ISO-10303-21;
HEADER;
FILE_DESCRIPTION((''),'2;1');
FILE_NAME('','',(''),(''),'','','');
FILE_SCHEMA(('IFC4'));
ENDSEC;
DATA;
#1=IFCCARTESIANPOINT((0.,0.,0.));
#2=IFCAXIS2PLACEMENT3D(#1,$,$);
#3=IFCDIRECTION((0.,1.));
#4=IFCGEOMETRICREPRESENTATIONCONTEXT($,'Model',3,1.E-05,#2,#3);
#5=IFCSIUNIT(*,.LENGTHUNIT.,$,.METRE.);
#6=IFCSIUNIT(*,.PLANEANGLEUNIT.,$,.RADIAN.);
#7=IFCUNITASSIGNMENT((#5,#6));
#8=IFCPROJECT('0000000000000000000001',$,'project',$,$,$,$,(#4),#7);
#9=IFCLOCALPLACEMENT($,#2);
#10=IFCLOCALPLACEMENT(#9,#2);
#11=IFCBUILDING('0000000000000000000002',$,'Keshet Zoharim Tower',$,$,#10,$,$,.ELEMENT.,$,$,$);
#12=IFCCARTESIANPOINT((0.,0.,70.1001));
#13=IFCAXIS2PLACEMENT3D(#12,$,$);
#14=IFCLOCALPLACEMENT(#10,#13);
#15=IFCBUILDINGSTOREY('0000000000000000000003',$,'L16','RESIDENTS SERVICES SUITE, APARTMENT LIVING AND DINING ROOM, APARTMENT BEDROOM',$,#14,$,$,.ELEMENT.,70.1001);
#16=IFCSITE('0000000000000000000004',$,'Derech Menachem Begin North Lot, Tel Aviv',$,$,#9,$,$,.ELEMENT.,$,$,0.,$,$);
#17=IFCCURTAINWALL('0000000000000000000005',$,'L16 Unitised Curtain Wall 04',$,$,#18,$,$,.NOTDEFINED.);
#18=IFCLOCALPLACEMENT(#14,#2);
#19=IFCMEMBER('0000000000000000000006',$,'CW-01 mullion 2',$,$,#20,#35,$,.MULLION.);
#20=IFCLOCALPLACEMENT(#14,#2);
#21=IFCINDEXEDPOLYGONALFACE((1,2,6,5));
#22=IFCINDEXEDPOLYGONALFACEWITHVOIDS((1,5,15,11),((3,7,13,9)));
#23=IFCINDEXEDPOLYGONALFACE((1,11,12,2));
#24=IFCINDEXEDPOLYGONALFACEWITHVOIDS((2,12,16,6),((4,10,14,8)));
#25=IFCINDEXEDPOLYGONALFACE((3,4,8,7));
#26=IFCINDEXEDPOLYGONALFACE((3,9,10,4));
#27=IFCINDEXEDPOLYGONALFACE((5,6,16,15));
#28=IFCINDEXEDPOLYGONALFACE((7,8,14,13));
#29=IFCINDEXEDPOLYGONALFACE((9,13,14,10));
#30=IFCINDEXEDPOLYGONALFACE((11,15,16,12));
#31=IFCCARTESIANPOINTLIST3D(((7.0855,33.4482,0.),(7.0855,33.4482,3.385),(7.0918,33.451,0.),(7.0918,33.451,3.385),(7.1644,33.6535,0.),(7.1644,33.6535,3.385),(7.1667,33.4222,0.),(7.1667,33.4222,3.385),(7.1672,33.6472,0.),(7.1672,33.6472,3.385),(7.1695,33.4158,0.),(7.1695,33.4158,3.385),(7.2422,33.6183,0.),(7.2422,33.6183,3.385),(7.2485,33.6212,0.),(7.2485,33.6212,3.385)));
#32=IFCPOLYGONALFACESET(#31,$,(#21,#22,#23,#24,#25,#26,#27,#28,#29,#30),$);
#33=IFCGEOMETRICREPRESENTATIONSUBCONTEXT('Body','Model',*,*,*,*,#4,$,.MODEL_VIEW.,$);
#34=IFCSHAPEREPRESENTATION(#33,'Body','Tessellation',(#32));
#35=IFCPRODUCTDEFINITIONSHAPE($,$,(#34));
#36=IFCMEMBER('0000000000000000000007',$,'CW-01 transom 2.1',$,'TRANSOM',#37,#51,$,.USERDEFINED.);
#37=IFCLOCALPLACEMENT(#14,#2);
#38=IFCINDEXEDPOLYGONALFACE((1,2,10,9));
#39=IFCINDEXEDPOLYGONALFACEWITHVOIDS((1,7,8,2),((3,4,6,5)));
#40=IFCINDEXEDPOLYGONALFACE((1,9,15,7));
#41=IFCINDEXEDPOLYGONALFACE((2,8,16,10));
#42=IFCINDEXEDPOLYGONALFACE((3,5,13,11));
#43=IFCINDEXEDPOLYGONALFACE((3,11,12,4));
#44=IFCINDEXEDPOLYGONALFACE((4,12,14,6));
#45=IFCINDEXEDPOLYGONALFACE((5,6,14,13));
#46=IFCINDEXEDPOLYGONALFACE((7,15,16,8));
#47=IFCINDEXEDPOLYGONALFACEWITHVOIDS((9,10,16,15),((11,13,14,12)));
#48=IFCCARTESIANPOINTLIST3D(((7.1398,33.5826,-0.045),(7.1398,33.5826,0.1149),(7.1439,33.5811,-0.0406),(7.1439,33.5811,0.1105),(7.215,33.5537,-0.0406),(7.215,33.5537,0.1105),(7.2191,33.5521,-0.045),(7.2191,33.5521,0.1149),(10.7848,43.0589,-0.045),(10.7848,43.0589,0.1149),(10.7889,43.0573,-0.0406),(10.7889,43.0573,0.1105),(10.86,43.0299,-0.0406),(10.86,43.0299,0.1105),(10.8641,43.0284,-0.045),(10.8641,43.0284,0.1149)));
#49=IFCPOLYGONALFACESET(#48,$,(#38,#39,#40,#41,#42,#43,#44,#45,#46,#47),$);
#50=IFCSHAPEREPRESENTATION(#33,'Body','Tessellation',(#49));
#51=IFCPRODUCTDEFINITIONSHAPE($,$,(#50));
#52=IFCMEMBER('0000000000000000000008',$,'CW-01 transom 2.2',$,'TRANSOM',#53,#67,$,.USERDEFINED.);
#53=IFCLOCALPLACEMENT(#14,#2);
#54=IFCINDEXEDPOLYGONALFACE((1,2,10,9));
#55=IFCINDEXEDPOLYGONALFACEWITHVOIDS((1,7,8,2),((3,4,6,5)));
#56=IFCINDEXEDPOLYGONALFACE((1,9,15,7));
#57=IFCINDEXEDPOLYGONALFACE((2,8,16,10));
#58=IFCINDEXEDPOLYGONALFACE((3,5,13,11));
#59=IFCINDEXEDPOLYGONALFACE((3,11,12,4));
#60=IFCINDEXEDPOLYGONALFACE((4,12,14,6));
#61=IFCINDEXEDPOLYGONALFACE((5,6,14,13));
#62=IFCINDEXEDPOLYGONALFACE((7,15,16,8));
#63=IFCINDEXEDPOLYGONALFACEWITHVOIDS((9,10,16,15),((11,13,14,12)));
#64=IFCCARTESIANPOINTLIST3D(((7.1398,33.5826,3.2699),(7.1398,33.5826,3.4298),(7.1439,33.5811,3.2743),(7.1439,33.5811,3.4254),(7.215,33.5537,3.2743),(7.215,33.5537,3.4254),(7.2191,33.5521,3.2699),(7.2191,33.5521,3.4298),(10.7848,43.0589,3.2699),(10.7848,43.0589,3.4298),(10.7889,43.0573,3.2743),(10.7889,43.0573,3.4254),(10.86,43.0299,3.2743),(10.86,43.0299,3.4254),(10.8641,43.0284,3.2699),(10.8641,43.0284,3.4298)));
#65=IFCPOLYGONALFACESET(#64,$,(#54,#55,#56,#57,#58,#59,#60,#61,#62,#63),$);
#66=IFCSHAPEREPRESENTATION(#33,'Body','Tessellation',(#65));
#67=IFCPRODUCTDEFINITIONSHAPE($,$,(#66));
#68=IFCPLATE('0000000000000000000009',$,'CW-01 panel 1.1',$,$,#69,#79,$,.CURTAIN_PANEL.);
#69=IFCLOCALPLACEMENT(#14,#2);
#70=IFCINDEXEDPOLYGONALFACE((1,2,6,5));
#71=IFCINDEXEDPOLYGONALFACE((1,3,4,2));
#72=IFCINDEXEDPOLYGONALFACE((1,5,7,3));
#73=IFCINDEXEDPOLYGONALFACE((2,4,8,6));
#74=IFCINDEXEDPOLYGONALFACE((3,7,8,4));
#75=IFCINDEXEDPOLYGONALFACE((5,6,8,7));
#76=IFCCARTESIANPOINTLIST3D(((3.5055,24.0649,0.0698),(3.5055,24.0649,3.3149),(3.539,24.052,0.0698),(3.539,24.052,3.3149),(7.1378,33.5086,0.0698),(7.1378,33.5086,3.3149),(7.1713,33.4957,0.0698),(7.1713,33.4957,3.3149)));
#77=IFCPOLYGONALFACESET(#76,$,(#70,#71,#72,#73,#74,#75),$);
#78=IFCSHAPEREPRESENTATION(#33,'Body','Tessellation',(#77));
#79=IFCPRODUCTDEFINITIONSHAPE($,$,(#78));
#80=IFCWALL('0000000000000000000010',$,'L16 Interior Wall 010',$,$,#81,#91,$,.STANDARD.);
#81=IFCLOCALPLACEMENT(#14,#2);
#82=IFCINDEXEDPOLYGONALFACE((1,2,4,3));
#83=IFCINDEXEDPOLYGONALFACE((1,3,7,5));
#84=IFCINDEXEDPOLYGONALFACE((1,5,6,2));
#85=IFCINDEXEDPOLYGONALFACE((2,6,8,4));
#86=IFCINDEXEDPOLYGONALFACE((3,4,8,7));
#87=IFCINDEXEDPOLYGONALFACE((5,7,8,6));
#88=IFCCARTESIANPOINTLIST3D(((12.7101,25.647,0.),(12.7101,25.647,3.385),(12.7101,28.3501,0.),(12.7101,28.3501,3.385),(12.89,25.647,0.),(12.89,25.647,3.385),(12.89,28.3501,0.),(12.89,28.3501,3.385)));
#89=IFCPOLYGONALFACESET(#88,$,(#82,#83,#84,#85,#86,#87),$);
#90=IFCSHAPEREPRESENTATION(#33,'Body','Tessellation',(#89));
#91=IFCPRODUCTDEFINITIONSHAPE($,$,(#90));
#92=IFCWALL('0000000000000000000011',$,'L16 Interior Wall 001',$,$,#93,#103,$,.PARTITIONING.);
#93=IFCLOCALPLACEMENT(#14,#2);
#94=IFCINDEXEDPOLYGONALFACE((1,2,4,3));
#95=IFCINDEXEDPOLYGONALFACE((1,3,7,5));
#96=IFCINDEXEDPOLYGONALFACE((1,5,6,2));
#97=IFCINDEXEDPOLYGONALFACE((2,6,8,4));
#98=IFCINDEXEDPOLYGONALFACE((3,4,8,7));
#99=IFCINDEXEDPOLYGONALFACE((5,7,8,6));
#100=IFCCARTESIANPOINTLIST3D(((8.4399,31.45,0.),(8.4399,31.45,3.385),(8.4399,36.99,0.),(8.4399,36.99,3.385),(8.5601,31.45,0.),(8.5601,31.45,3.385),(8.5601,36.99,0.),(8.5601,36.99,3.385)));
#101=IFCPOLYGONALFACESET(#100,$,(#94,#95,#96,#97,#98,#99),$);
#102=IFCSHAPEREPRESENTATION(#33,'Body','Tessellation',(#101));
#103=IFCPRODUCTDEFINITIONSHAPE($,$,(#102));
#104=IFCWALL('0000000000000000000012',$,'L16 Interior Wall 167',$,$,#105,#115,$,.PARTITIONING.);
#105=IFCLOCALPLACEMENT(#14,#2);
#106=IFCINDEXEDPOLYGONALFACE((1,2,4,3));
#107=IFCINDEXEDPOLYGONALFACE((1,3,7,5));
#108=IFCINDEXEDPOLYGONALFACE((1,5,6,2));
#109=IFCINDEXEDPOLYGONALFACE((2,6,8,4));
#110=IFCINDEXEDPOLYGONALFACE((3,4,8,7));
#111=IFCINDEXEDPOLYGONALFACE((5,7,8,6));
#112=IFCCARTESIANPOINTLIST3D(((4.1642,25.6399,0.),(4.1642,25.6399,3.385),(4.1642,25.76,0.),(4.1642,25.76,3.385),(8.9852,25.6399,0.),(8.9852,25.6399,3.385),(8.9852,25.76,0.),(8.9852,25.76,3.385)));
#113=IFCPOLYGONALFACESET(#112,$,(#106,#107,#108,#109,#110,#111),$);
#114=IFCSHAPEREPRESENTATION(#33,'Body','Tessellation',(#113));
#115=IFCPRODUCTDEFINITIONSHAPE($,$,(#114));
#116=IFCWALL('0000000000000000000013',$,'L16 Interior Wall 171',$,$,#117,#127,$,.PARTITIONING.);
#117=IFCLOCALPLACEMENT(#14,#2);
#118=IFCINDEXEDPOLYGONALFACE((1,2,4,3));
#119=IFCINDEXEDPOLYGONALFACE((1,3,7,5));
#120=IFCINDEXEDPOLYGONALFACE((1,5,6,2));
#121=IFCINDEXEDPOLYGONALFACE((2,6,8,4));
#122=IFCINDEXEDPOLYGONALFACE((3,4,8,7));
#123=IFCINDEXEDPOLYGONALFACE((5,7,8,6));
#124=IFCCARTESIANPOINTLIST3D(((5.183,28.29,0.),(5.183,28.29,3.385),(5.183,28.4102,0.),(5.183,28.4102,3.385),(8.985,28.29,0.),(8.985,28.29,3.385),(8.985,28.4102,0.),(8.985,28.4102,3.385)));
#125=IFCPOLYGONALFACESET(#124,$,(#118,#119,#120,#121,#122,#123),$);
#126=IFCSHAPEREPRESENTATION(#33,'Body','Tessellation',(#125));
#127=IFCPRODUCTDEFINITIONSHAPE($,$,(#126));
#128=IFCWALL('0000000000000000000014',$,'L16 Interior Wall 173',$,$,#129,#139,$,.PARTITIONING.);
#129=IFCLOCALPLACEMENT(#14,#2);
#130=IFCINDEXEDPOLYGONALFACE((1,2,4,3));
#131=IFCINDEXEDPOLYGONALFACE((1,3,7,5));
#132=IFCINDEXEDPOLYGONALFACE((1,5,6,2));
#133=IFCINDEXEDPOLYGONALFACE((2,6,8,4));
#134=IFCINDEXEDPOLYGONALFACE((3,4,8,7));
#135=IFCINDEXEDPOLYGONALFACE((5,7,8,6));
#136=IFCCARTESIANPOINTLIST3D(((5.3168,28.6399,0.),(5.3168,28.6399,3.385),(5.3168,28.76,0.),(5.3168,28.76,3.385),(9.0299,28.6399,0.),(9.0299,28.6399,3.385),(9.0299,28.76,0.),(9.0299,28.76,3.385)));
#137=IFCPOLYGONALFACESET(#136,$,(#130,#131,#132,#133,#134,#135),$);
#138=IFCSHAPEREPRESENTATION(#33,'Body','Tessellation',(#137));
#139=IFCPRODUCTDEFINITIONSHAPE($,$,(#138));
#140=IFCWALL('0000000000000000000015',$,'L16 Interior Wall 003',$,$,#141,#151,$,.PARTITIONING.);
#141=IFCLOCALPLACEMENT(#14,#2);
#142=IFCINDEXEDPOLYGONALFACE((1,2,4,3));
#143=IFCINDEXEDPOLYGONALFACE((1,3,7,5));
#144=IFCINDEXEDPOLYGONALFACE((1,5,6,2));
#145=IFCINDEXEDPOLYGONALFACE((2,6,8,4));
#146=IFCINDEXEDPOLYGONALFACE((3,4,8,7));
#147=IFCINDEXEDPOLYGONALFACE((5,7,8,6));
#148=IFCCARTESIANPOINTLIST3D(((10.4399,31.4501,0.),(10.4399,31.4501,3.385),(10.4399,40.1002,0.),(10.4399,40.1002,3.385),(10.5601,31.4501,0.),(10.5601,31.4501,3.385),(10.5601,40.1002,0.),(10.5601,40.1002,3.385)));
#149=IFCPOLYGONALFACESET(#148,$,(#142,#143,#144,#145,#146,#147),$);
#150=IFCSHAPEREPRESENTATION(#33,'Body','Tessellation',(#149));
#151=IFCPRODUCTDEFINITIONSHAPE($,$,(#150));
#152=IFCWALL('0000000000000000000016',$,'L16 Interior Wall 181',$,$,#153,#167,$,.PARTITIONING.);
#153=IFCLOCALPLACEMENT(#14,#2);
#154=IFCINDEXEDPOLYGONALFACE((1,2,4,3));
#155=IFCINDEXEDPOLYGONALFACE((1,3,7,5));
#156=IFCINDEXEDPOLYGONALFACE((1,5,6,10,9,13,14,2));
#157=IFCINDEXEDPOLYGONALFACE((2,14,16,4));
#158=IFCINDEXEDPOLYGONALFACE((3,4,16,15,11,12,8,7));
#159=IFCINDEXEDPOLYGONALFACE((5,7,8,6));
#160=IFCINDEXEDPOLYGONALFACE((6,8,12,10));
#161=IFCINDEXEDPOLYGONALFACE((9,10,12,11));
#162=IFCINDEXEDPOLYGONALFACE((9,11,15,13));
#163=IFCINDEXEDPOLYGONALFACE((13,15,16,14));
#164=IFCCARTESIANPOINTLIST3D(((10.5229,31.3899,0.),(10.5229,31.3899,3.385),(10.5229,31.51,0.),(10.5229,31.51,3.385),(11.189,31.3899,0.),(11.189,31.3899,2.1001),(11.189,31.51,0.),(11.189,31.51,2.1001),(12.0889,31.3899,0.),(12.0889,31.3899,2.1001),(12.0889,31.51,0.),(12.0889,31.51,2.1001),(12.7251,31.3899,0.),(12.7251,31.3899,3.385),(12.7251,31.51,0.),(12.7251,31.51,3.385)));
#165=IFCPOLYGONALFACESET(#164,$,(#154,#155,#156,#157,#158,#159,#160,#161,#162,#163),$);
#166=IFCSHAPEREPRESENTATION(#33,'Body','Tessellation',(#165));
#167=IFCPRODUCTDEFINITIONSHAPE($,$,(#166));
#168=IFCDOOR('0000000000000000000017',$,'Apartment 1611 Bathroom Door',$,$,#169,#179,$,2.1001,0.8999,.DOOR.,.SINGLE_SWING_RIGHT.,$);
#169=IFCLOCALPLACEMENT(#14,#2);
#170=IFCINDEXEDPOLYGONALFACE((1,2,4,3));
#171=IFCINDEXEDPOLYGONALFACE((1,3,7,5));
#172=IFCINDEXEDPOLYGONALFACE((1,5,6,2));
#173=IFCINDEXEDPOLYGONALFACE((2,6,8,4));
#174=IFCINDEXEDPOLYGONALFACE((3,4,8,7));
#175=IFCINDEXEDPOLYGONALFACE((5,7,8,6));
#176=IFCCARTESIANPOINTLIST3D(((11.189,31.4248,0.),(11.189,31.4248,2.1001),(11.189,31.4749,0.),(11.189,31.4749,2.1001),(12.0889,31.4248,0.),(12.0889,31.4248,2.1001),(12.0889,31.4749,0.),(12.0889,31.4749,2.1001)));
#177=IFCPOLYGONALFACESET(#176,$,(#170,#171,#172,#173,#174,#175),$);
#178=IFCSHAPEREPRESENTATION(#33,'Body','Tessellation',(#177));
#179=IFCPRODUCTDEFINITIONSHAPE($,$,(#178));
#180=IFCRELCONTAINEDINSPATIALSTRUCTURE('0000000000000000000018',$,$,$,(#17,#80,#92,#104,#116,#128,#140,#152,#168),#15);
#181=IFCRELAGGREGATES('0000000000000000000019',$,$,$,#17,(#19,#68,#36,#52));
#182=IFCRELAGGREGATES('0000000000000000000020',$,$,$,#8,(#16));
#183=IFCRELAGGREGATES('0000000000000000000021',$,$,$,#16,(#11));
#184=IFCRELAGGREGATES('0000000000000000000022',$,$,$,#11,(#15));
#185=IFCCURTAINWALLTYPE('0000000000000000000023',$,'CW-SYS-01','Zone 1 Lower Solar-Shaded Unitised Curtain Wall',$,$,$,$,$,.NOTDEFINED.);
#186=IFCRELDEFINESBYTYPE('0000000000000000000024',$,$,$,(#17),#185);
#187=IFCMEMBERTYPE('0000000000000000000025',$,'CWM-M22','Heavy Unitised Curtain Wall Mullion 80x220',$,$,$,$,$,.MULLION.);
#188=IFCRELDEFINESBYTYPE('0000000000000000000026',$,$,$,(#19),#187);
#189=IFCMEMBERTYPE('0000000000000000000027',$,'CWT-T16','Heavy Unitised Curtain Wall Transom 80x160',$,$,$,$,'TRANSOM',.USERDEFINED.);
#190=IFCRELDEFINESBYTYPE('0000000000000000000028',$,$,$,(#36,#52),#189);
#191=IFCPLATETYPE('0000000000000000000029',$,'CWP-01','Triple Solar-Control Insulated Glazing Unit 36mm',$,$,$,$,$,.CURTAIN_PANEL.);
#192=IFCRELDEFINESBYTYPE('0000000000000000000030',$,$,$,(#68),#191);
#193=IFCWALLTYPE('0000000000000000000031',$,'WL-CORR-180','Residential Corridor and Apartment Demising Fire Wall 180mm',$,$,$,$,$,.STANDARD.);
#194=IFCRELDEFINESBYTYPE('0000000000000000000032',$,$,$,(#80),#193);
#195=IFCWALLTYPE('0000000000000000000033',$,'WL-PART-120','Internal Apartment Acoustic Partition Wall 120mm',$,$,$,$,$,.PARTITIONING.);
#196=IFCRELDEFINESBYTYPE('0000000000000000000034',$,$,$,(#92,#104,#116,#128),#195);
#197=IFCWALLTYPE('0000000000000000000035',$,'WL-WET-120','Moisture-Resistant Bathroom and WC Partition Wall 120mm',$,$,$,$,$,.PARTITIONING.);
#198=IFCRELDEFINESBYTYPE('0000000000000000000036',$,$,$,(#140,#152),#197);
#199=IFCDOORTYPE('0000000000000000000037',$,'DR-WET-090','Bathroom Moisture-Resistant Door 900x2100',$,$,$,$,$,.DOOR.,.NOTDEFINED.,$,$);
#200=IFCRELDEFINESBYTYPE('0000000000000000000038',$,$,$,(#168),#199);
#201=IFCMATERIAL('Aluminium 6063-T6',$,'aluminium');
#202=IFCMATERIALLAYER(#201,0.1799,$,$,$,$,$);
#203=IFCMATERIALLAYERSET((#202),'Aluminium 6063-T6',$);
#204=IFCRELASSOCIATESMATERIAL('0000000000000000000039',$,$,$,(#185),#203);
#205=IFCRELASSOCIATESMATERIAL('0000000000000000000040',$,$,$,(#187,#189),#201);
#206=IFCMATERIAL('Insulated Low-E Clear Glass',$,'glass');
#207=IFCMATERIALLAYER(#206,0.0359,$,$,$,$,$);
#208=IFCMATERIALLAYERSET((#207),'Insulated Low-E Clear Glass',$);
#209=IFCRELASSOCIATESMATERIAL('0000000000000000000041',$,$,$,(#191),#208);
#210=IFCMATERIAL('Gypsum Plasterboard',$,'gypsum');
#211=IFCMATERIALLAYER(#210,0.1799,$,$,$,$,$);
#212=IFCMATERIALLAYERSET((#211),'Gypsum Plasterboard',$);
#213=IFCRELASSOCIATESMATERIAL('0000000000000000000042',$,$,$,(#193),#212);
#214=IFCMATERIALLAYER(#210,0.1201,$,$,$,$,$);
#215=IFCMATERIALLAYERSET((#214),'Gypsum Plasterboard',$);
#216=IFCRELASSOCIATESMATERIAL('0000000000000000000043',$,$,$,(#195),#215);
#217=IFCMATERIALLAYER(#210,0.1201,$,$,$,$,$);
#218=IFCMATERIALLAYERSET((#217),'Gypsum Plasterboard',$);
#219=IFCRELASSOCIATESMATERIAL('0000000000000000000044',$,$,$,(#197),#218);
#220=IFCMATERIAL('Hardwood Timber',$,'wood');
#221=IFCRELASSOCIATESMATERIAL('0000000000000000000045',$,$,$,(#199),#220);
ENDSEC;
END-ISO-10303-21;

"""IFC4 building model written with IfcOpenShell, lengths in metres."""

from ifc_helpers import new_model, si_unit, direction, frame, frame_2d, origin, origin_2d, place, context, subcontext, project, spatial, rectangle, hollow_rectangle, extrude, material, layer, layer_set, material_profile, profile_set, type_object, element, fill, aggregate, save


model = new_model("IFC4")

# Units and contexts
model_context = context("Model", 3, precision=1e-05, world=origin(), true_north=direction((0.0, 1.0)))
body_context = subcontext(model_context, "Body", "Model", "MODEL_VIEW")
ifc_project = project(units=[si_unit("LENGTHUNIT", "METRE"), si_unit("PLANEANGLEUNIT", "RADIAN")], contexts=[model_context])

# Site, building, storey
site_placement = place(None, origin())
site = spatial("IfcSite", under=ifc_project, at=site_placement, Name="Derech Menachem Begin North Lot, Tel Aviv", CompositionType="ELEMENT", RefElevation=0.0)
building_placement = place(site_placement, origin())
building = spatial("IfcBuilding", under=site, at=building_placement, Name="Keshet Zoharim Tower", CompositionType="ELEMENT")
storey_placement = place(building_placement, frame((0.0, 0.0, 70.1001)))
storey = spatial("IfcBuildingStorey", under=building, at=storey_placement, Name="L16", Description="RESIDENTS SERVICES SUITE, APARTMENT LIVING AND DINING ROOM, APARTMENT BEDROOM", CompositionType="ELEMENT", Elevation=70.1001)

# Curtain wall, members, plate
ifc_material_1 = material(Name="Aluminium 6063-T6", Category="aluminium")
ifc_layer_1 = layer(ifc_material_1, 0.1799)
ifc_layer_set_1 = layer_set([ifc_layer_1], Name="Aluminium 6063-T6")
curtain_wall_type = type_object("IfcCurtainWallType", Name="CW-SYS-01", Description="Zone 1 Lower Solar-Shaded Unitised Curtain Wall", PredefinedType="NOTDEFINED", material=ifc_layer_set_1)
curtain_wall_placement = place(storey_placement, origin())
curtain_wall = element("IfcCurtainWall", 1, at=curtain_wall_placement, inside=storey, type_object=curtain_wall_type, Name="L16 Unitised Curtain Wall 04", PredefinedType="NOTDEFINED")
ifc_material_profile_1 = material_profile(ifc_material_1, hollow_rectangle(XDim=0.0901, YDim=0.22, WallThickness=0.0049, at=origin_2d()), Name="MUL-90x220")
ifc_profile_set_1 = profile_set([ifc_material_profile_1], Name="Aluminium 6063-T6")
member_type_1 = type_object("IfcMemberType", Name="CWM-M22", Description="Heavy Unitised Curtain Wall Mullion 80x220", PredefinedType="MULLION", material=ifc_profile_set_1)
member_1_placement = place(storey_placement, frame((7.167, 33.5347, 0.0), z_axis=(0.0, 0.0, 1.0), x_axis=(-0.933341, 0.35899, 0.0)))
member_1 = element("IfcMember", 2, at=member_1_placement, type_object=member_type_1, Name="CW-01 mullion 2", PredefinedType="MULLION", context=body_context, shape_type="SweptSolid", body=[
    extrude(hollow_rectangle(XDim=0.0901, YDim=0.22, WallThickness=0.0049, at=origin_2d()), origin(), (0.0, 0.0, 1.0), 3.385),
])
ifc_material_profile_2 = material_profile(ifc_material_1, hollow_rectangle(XDim=0.085, YDim=0.1599, WallThickness=0.0044, at=origin_2d()), Name="TRN-85x160")
ifc_profile_set_2 = profile_set([ifc_material_profile_2], Name="Aluminium 6063-T6")
member_type_2 = type_object("IfcMemberType", Name="CWT-T16", Description="Heavy Unitised Curtain Wall Transom 80x160", ElementType="TRANSOM", PredefinedType="USERDEFINED", material=ifc_profile_set_2)
member_2_placement = place(storey_placement, frame((7.1794, 33.5674, 0.0349), z_axis=(0.359003, 0.933336, 0.0), x_axis=(-0.933336, 0.359003, 0.0)))
member_2 = element("IfcMember", 3, at=member_2_placement, type_object=member_type_2, Name="CW-01 transom 2.1", ObjectType="TRANSOM", PredefinedType="USERDEFINED", context=body_context, shape_type="SweptSolid", body=[
    extrude(hollow_rectangle(XDim=0.085, YDim=0.1599, WallThickness=0.0044, at=origin_2d()), origin(), (0.0, 0.0, 1.0), 10.1531),
])
member_3_placement = place(storey_placement, frame((7.1794, 33.5674, 3.3499), z_axis=(0.359003, 0.933336, 0.0), x_axis=(-0.933336, 0.359003, 0.0)))
member_3 = element("IfcMember", 4, at=member_3_placement, type_object=member_type_2, Name="CW-01 transom 2.2", ObjectType="TRANSOM", PredefinedType="USERDEFINED", context=body_context, shape_type="SweptSolid", body=[
    extrude(hollow_rectangle(XDim=0.085, YDim=0.1599, WallThickness=0.0044, at=origin_2d()), origin(), (0.0, 0.0, 1.0), 10.1531),
])
ifc_material_2 = material(Name="Insulated Low-E Clear Glass", Category="glass")
ifc_layer_2 = layer(ifc_material_2, 0.0359)
ifc_layer_set_2 = layer_set([ifc_layer_2], Name="Insulated Low-E Clear Glass")
plate_type = type_object("IfcPlateType", Name="CWP-01", Description="Triple Solar-Control Insulated Glazing Unit 36mm", PredefinedType="CURTAIN_PANEL", material=ifc_layer_set_2)
plate_placement = place(storey_placement, frame((5.3384, 28.7803, 0.0698), z_axis=(0.0, 0.0, 1.0), x_axis=(0.35899, 0.933341, 0.0)))
plate = element("IfcPlate", 5, at=plate_placement, type_object=plate_type, Name="CW-01 panel 1.1", PredefinedType="CURTAIN_PANEL", context=body_context, shape_type="SweptSolid", body=[
    extrude(rectangle(XDim=10.1182, YDim=0.0359, at=origin_2d()), origin(), (0.0, 0.0, 1.0), 3.2451),
])
aggregate(curtain_wall, [member_1, plate, member_2, member_3])

# Walls
ifc_material_3 = material(Name="Gypsum Plasterboard", Category="gypsum")
ifc_layer_3 = layer(ifc_material_3, 0.1799)
ifc_layer_set_3 = layer_set([ifc_layer_3], Name="Gypsum Plasterboard")
wall_type_1 = type_object("IfcWallType", Name="WL-CORR-180", Description="Residential Corridor and Apartment Demising Fire Wall 180mm", PredefinedType="STANDARD", material=ifc_layer_set_3)
wall_1_placement = place(storey_placement, frame((12.8, 25.647, 0.0), z_axis=(0.0, 0.0, 1.0), x_axis=(0.0, 1.0, 0.0)))
element("IfcWall", 6, at=wall_1_placement, inside=storey, type_object=wall_type_1, Name="L16 Interior Wall 010", PredefinedType="STANDARD", context=body_context, shape_type="SweptSolid", body=[
    extrude(rectangle(XDim=2.7031, YDim=0.1799, at=frame_2d((1.3516, 0.0))), origin(), (0.0, 0.0, 1.0), 3.385),
])
ifc_layer_4 = layer(ifc_material_3, 0.1201)
ifc_layer_set_4 = layer_set([ifc_layer_4], Name="Gypsum Plasterboard")
wall_type_2 = type_object("IfcWallType", Name="WL-PART-120", Description="Internal Apartment Acoustic Partition Wall 120mm", PredefinedType="PARTITIONING", material=ifc_layer_set_4)
wall_2_placement = place(storey_placement, frame((8.5, 31.45, 0.0), z_axis=(0.0, 0.0, 1.0), x_axis=(0.0, 1.0, 0.0)))
element("IfcWall", 7, at=wall_2_placement, inside=storey, type_object=wall_type_2, Name="L16 Interior Wall 001", PredefinedType="PARTITIONING", context=body_context, shape_type="SweptSolid", body=[
    extrude(rectangle(XDim=5.54, YDim=0.1201, at=frame_2d((2.77, 0.0))), origin(), (0.0, 0.0, 1.0), 3.385),
])

# Shared definitions
ifc_material_4 = material(Name="Hardwood Timber", Category="wood")

# Walls
wall_3_placement = place(storey_placement, frame((4.1641, 25.7, 0.0), z_axis=(0.0, 0.0, 1.0), x_axis=(1.0, 0.0, 0.0)))
element("IfcWall", 8, at=wall_3_placement, inside=storey, type_object=wall_type_2, Name="L16 Interior Wall 167", PredefinedType="PARTITIONING", context=body_context, shape_type="SweptSolid", body=[
    extrude(rectangle(XDim=4.821, YDim=0.1201, at=frame_2d((2.4106, 0.0))), origin(), (0.0, 0.0, 1.0), 3.385),
])
wall_4_placement = place(storey_placement, frame((5.1831, 28.3501, 0.0), z_axis=(0.0, 0.0, 1.0), x_axis=(1.0, 0.0, 0.0)))
element("IfcWall", 9, at=wall_4_placement, inside=storey, type_object=wall_type_2, Name="L16 Interior Wall 171", PredefinedType="PARTITIONING", context=body_context, shape_type="SweptSolid", body=[
    extrude(rectangle(XDim=3.802, YDim=0.1201, at=frame_2d((1.9009, 0.0))), origin(), (0.0, 0.0, 1.0), 3.385),
])
wall_5_placement = place(storey_placement, frame((5.3169, 28.7, 0.0), z_axis=(0.0, 0.0, 1.0), x_axis=(1.0, 0.0, 0.0)))
element("IfcWall", 10, at=wall_5_placement, inside=storey, type_object=wall_type_2, Name="L16 Interior Wall 173", PredefinedType="PARTITIONING", context=body_context, shape_type="SweptSolid", body=[
    extrude(rectangle(XDim=3.7131, YDim=0.1201, at=frame_2d((1.8564, 0.0))), origin(), (0.0, 0.0, 1.0), 3.385),
])

# Wall
ifc_layer_5 = layer(ifc_material_3, 0.1201)
ifc_layer_set_5 = layer_set([ifc_layer_5], Name="Gypsum Plasterboard")
wall_type_3 = type_object("IfcWallType", Name="WL-WET-120", Description="Moisture-Resistant Bathroom and WC Partition Wall 120mm", PredefinedType="PARTITIONING", material=ifc_layer_set_5)
wall_6_placement = place(storey_placement, frame((10.5, 31.45, 0.0), z_axis=(0.0, 0.0, 1.0), x_axis=(0.0, 1.0, 0.0)))
element("IfcWall", 11, at=wall_6_placement, inside=storey, type_object=wall_type_3, Name="L16 Interior Wall 003", PredefinedType="PARTITIONING", context=body_context, shape_type="SweptSolid", body=[
    extrude(rectangle(XDim=8.6501, YDim=0.1201, at=frame_2d((4.3252, 0.0))), origin(), (0.0, 0.0, 1.0), 3.385),
])

# Wall, opening, door
wall_7_placement = place(storey_placement, frame((10.5229, 31.45, 0.0), z_axis=(0.0, 0.0, 1.0), x_axis=(1.0, 0.0, 0.0)))
wall_7 = element("IfcWall", 12, at=wall_7_placement, inside=storey, type_object=wall_type_3, Name="L16 Interior Wall 181", PredefinedType="PARTITIONING", context=body_context, shape_type="SweptSolid", body=[
    extrude(rectangle(XDim=2.2021, YDim=0.1201, at=frame_2d((1.1011, 0.0))), origin(), (0.0, 0.0, 1.0), 3.385),
])
opening_1_placement = place(wall_7_placement, frame((0.666, 0.0, 0.0)))
opening_1 = element("IfcOpeningElement", 13, at=opening_1_placement, cuts=wall_7, PredefinedType="OPENING", context=body_context, shape_type="SweptSolid", body=[
    extrude(rectangle(XDim=0.8999, YDim=2.1001, at=frame_2d((0.45, 1.05))), frame((0.0, 0.0701, 0.0), z_axis=(0.0, -1.0, 0.0), x_axis=(1.0, 0.0, 0.0)), (0.0, 0.0, 1.0), 0.1401),
])
door_type_1 = type_object("IfcDoorType", Name="DR-WET-090", Description="Bathroom Moisture-Resistant Door 900x2100", OperationType="NOTDEFINED", PredefinedType="DOOR", material=ifc_material_4)
door_1_placement = place(opening_1_placement, origin())
door_1 = element("IfcDoor", 14, at=door_1_placement, inside=storey, type_object=door_type_1, Name="Apartment 1611 Bathroom Door", OperationType="SINGLE_SWING_RIGHT", OverallHeight=2.1001, OverallWidth=0.8999, PredefinedType="DOOR", context=body_context, shape_type="SweptSolid", body=[
    extrude(rectangle(XDim=0.8999, YDim=2.1001, at=frame_2d((0.45, 1.05))), frame((0.0, 0.0249, 0.0), z_axis=(0.0, -1.0, 0.0), x_axis=(1.0, 0.0, 0.0)), (0.0, 0.0, 1.0), 0.05),
])
fill(opening_1, door_1)

save(model, "model.ifc")
